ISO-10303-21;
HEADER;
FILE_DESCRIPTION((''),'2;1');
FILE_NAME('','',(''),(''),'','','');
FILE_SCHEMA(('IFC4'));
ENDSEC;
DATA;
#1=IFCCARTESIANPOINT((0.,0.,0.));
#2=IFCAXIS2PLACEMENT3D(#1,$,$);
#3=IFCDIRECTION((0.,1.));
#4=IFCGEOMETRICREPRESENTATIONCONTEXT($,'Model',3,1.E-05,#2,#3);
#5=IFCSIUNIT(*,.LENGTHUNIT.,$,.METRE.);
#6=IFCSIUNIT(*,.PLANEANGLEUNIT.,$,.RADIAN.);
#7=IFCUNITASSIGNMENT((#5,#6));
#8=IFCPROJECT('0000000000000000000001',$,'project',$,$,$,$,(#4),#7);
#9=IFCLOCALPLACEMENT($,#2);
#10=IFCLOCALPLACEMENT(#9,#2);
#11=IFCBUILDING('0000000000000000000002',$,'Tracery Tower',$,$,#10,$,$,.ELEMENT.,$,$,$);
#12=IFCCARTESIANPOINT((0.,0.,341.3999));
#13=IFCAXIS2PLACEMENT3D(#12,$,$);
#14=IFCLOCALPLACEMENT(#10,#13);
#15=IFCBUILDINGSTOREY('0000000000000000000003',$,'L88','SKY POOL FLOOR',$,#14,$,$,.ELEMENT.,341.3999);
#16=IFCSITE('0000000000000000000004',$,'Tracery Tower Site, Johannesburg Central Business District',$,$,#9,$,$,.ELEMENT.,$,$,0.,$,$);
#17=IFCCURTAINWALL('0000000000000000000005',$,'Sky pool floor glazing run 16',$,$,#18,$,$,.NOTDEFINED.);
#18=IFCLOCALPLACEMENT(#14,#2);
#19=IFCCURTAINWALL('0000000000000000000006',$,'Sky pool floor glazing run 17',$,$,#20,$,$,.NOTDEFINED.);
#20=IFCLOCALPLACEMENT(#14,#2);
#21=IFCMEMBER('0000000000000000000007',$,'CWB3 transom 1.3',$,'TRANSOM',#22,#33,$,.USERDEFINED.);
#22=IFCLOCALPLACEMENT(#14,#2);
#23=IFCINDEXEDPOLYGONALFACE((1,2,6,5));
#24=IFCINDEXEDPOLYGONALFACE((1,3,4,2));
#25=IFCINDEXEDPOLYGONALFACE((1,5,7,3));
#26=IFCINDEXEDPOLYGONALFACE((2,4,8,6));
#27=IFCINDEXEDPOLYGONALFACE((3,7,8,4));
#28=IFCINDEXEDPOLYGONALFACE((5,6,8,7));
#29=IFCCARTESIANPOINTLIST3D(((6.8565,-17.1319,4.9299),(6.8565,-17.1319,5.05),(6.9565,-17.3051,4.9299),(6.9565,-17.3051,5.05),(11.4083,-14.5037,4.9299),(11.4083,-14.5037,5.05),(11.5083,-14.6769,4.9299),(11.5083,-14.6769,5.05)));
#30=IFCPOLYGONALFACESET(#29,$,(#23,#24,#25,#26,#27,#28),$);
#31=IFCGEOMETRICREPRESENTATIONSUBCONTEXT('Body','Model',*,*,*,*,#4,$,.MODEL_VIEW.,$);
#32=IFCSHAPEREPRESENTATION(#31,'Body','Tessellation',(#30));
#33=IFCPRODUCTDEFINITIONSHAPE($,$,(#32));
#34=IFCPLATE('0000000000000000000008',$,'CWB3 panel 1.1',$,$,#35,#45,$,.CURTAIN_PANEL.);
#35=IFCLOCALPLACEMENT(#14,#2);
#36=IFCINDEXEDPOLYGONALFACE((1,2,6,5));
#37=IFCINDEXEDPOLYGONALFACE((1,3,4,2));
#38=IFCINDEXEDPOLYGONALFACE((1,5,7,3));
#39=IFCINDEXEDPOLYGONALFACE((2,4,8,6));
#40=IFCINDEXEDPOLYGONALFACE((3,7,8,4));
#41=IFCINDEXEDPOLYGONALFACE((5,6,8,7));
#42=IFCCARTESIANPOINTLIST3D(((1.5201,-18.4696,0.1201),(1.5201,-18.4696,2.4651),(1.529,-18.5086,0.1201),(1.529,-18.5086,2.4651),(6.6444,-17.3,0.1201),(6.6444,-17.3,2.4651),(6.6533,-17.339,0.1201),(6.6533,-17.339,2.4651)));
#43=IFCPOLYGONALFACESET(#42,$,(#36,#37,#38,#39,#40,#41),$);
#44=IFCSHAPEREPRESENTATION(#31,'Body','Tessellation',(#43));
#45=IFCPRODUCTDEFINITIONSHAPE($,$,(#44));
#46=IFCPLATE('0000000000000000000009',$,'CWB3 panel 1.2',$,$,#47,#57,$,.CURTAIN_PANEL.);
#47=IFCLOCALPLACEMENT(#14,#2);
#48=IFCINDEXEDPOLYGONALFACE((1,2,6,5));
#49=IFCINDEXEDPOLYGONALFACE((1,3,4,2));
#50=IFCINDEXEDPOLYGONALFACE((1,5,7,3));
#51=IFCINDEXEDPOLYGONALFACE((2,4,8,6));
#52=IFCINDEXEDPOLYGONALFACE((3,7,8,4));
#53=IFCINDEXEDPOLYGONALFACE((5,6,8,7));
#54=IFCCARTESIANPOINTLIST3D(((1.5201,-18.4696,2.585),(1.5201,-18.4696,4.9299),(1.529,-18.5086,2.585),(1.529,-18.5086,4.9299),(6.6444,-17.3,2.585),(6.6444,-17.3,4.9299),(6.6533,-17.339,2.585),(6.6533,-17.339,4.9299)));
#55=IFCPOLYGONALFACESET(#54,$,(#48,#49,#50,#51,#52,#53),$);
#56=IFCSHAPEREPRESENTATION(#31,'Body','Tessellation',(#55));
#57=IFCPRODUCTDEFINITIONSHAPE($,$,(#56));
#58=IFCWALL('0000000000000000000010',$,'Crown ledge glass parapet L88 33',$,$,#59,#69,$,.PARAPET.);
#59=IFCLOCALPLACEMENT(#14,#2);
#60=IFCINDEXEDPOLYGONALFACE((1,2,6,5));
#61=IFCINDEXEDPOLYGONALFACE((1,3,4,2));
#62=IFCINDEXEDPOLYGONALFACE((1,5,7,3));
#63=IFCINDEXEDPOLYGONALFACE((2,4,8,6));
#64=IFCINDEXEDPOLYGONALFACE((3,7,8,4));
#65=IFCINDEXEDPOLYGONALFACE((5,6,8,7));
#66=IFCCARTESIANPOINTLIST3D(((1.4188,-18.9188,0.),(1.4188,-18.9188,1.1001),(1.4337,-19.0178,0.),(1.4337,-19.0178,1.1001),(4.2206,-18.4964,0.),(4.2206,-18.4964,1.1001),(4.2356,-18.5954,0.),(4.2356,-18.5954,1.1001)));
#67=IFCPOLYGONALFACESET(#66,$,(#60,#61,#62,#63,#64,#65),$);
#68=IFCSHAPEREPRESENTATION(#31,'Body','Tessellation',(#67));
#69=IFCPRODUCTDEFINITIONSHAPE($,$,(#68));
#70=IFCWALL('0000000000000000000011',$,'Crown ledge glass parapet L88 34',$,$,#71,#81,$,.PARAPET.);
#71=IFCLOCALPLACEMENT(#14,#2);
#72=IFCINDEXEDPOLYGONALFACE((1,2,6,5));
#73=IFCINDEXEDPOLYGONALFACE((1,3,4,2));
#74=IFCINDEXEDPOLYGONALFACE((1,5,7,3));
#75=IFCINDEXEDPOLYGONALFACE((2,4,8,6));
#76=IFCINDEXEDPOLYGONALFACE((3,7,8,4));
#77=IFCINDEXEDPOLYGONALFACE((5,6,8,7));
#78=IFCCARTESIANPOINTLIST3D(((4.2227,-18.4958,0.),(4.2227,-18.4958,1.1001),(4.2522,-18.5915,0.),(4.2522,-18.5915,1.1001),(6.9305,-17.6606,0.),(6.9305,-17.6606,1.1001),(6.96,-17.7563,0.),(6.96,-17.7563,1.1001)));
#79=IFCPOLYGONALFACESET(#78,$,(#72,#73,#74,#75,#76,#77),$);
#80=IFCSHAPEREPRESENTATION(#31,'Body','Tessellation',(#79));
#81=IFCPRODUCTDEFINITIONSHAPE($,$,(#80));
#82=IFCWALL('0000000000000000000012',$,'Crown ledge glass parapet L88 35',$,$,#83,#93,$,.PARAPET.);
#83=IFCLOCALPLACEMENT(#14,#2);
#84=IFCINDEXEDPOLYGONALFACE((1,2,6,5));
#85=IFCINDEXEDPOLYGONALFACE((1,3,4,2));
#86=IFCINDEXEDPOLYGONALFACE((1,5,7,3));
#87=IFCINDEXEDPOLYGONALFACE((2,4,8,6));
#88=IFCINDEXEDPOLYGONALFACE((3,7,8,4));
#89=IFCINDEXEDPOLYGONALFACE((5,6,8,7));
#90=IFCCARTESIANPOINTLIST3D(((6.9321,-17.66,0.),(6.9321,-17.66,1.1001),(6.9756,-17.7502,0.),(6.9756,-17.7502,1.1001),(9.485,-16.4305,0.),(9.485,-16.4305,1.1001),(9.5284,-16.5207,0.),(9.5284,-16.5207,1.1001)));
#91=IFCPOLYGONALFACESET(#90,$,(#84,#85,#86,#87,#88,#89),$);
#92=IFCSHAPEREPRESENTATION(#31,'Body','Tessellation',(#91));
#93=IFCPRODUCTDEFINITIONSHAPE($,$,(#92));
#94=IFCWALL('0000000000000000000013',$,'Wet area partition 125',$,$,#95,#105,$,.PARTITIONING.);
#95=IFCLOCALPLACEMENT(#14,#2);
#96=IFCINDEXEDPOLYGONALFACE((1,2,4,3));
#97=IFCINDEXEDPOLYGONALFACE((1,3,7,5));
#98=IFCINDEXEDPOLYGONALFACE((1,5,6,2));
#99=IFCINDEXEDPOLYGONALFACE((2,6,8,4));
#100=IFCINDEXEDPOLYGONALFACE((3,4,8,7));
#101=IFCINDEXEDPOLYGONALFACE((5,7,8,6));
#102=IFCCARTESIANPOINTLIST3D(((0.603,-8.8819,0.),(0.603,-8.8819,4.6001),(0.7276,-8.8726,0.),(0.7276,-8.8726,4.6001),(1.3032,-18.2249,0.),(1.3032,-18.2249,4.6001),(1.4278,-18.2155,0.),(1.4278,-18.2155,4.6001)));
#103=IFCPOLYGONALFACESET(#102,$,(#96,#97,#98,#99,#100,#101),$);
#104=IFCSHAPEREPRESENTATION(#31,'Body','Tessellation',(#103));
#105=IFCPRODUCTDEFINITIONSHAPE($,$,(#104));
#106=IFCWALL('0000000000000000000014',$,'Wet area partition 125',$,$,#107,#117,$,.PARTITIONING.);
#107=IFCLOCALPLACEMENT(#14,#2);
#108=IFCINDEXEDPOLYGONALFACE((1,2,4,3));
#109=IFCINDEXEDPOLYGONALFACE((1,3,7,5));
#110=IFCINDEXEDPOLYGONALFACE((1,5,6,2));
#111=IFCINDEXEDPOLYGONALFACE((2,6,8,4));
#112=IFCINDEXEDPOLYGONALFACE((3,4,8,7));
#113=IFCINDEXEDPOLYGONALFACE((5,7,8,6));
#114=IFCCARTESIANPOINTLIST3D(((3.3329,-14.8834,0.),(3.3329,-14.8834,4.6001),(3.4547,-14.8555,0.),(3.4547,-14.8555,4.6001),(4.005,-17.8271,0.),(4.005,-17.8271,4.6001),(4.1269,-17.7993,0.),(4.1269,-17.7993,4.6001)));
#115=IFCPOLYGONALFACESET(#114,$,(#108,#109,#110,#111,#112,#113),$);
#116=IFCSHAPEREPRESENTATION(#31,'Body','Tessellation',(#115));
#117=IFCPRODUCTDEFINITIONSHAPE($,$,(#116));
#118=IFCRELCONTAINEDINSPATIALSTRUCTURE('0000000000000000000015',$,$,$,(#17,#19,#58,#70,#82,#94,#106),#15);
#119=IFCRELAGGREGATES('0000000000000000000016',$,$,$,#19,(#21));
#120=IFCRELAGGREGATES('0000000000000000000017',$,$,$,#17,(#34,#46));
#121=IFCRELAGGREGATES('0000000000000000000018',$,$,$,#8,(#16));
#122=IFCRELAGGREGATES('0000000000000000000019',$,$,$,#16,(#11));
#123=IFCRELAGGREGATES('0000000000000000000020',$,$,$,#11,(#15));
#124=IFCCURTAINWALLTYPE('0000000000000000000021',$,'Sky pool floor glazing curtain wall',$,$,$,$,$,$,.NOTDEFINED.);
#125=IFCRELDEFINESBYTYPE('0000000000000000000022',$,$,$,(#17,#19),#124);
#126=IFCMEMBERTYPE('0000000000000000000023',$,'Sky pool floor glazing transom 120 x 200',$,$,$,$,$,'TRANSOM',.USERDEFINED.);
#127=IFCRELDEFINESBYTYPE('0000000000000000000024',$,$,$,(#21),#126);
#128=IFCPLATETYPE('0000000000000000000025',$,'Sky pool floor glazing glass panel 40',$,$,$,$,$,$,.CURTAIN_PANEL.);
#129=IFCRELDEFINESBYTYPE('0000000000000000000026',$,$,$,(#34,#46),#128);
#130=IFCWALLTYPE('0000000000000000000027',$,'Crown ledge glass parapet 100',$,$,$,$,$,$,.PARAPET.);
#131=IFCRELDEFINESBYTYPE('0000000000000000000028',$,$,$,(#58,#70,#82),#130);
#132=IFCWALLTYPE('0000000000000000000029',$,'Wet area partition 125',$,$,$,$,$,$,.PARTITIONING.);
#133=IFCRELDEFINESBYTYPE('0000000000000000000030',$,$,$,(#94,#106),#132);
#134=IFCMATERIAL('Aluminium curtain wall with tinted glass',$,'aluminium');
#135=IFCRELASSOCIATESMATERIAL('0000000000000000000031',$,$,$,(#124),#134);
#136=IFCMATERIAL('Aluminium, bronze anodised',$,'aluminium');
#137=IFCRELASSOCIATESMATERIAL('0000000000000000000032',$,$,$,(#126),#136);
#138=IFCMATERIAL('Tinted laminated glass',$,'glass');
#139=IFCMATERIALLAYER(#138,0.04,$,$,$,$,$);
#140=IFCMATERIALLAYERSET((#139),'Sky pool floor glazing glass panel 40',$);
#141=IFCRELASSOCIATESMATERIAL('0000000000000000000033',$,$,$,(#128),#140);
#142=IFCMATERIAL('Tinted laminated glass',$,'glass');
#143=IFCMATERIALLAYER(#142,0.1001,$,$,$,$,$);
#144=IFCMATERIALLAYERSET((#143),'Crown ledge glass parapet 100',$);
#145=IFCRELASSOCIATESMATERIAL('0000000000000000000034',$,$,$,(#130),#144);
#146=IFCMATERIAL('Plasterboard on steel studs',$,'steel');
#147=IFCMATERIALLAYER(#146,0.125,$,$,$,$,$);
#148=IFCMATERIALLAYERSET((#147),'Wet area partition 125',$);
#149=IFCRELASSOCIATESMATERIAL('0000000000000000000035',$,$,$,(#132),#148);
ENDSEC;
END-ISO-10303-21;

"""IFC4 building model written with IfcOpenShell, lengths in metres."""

from ifc_helpers import new_model, si_unit, direction, frame, frame_2d, origin, origin_2d, place, context, subcontext, project, spatial, rectangle, extrude, material, layer, layer_set, material_profile, profile_set, type_object, element, aggregate, save


model = new_model("IFC4")

# Units and contexts
model_context = context("Model", 3, precision=1e-05, world=origin(), true_north=direction((0.0, 1.0)))
body_context = subcontext(model_context, "Body", "Model", "MODEL_VIEW")
ifc_project = project(units=[si_unit("LENGTHUNIT", "METRE"), si_unit("PLANEANGLEUNIT", "RADIAN")], contexts=[model_context])

# Site, building, storey
site_placement = place(None, origin())
site = spatial("IfcSite", under=ifc_project, at=site_placement, Name="Tracery Tower Site, Johannesburg Central Business District", CompositionType="ELEMENT", RefElevation=0.0)
building_placement = place(site_placement, origin())
building = spatial("IfcBuilding", under=site, at=building_placement, Name="Tracery Tower", CompositionType="ELEMENT")
storey_placement = place(building_placement, frame((0.0, 0.0, 341.3999)))
storey = spatial("IfcBuildingStorey", under=building, at=storey_placement, Name="L88", Description="SKY POOL FLOOR", CompositionType="ELEMENT", Elevation=341.3999)

# Shared definitions
ifc_material_1 = material(Name="Aluminium curtain wall with tinted glass", Category="aluminium")
curtain_wall_type = type_object("IfcCurtainWallType", Name="Sky pool floor glazing curtain wall", PredefinedType="NOTDEFINED", material=ifc_material_1)

# Curtain wall
curtain_wall_1_placement = place(storey_placement, origin())
curtain_wall_1 = element("IfcCurtainWall", 1, at=curtain_wall_1_placement, inside=storey, type_object=curtain_wall_type, Name="Sky pool floor glazing run 16", PredefinedType="NOTDEFINED")

# Curtain wall
curtain_wall_2_placement = place(storey_placement, origin())
curtain_wall_2 = element("IfcCurtainWall", 2, at=curtain_wall_2_placement, inside=storey, type_object=curtain_wall_type, Name="Sky pool floor glazing run 17", PredefinedType="NOTDEFINED")

# Member
ifc_material_2 = material(Name="Aluminium, bronze anodised", Category="aluminium")
ifc_material_profile_1 = material_profile(ifc_material_2, rectangle(XDim=0.2, YDim=0.1201, at=origin_2d()), Name="Sky pool floor glazing transom 120 x 200")
ifc_profile_set_1 = profile_set([ifc_material_profile_1], Name="Aluminium, bronze anodised")
member_type_1 = type_object("IfcMemberType", Name="Sky pool floor glazing transom 120 x 200", ElementType="TRANSOM", PredefinedType="USERDEFINED", material=ifc_profile_set_1)
member_1_placement = place(storey_placement, frame((6.9065, -17.2185, 4.99), z_axis=(0.866008, 0.500031, 0.0), x_axis=(-0.500031, 0.866008, 0.0)))
member_1 = element("IfcMember", 3, at=member_1_placement, type_object=member_type_1, Name="CWB3 transom 1.3", ObjectType="TRANSOM", PredefinedType="USERDEFINED", context=body_context, shape_type="SweptSolid", body=[
    extrude(rectangle(XDim=0.2, YDim=0.1201, at=origin_2d()), origin(), (0.0, 0.0, 1.0), 5.2561),
])
aggregate(curtain_wall_2, [member_1])

# Plates
ifc_material_3 = material(Name="Tinted laminated glass", Category="glass")
ifc_layer_1 = layer(ifc_material_3, 0.04)
ifc_layer_set_1 = layer_set([ifc_layer_1], Name="Sky pool floor glazing glass panel 40")
plate_type = type_object("IfcPlateType", Name="Sky pool floor glazing glass panel 40", PredefinedType="CURTAIN_PANEL", material=ifc_layer_set_1)
plate_1_placement = place(storey_placement, frame((4.0867, -17.9043, 0.1201), z_axis=(0.0, 0.0, 1.0), x_axis=(0.974928, 0.222522, 0.0)))
plate_1 = element("IfcPlate", 4, at=plate_1_placement, type_object=plate_type, Name="CWB3 panel 1.1", PredefinedType="CURTAIN_PANEL", context=body_context, shape_type="SweptSolid", body=[
    extrude(rectangle(XDim=5.2561, YDim=0.04, at=origin_2d()), origin(), (0.0, 0.0, 1.0), 2.345),
])
plate_2_placement = place(storey_placement, frame((4.0867, -17.9043, 2.585), z_axis=(0.0, 0.0, 1.0), x_axis=(0.974928, 0.222522, 0.0)))
plate_2 = element("IfcPlate", 5, at=plate_2_placement, type_object=plate_type, Name="CWB3 panel 1.2", PredefinedType="CURTAIN_PANEL", context=body_context, shape_type="SweptSolid", body=[
    extrude(rectangle(XDim=5.2561, YDim=0.04, at=origin_2d()), origin(), (0.0, 0.0, 1.0), 2.345),
])
aggregate(curtain_wall_1, [plate_1, plate_2])

# Walls
ifc_material_4 = material(Name="Tinted laminated glass", Category="glass")
ifc_layer_2 = layer(ifc_material_4, 0.1001)
ifc_layer_set_2 = layer_set([ifc_layer_2], Name="Crown ledge glass parapet 100")
wall_type_1 = type_object("IfcWallType", Name="Crown ledge glass parapet 100", PredefinedType="PARAPET", material=ifc_layer_set_2)
wall_1_placement = place(storey_placement, frame((1.4263, -18.9683, 0.0), z_axis=(0.0, 0.0, 1.0), x_axis=(0.988827, 0.149065, 0.0)))
element("IfcWall", 6, at=wall_1_placement, inside=storey, type_object=wall_type_1, Name="Crown ledge glass parapet L88 33", PredefinedType="PARAPET", context=body_context, shape_type="SweptSolid", body=[
    extrude(rectangle(XDim=2.8335, YDim=0.1001, at=frame_2d((1.4167, 0.0))), origin(), (0.0, 0.0, 1.0), 1.1001),
])
wall_2_placement = place(storey_placement, frame((4.2373, -18.5437, 0.0), z_axis=(0.0, 0.0, 1.0), x_axis=(0.955576, 0.294746, 0.0)))
element("IfcWall", 7, at=wall_2_placement, inside=storey, type_object=wall_type_1, Name="Crown ledge glass parapet L88 34", PredefinedType="PARAPET", context=body_context, shape_type="SweptSolid", body=[
    extrude(rectangle(XDim=2.8337, YDim=0.1001, at=frame_2d((1.417, 0.0))), origin(), (0.0, 0.0, 1.0), 1.1001),
])
wall_3_placement = place(storey_placement, frame((6.9539, -17.7051, 0.0), z_axis=(0.0, 0.0, 1.0), x_axis=(0.900963, 0.433896, 0.0)))
element("IfcWall", 8, at=wall_3_placement, inside=storey, type_object=wall_type_1, Name="Crown ledge glass parapet L88 35", PredefinedType="PARAPET", context=body_context, shape_type="SweptSolid", body=[
    extrude(rectangle(XDim=2.8335, YDim=0.1001, at=frame_2d((1.4167, 0.0))), origin(), (0.0, 0.0, 1.0), 1.1001),
])
ifc_material_5 = material(Name="Plasterboard on steel studs", Category="steel")
ifc_layer_3 = layer(ifc_material_5, 0.125)
ifc_layer_set_3 = layer_set([ifc_layer_3], Name="Wet area partition 125")
wall_type_2 = type_object("IfcWallType", Name="Wet area partition 125", PredefinedType="PARTITIONING", material=ifc_layer_set_3)
wall_4_placement = place(storey_placement, frame((1.3655, -18.2202, 0.0), z_axis=(0.0, 0.0, 1.0), x_axis=(-0.074734, 0.997204, 0.0)))
element("IfcWall", 9, at=wall_4_placement, inside=storey, type_object=wall_type_2, Name="Wet area partition 125", PredefinedType="PARTITIONING", context=body_context, shape_type="SweptSolid", body=[
    extrude(rectangle(XDim=9.3691, YDim=0.125, at=frame_2d((4.6846, 0.0))), origin(), (0.0, 0.0, 1.0), 4.6001),
])
wall_5_placement = place(storey_placement, frame((4.0659, -17.8132, 0.0), z_axis=(0.0, 0.0, 1.0), x_axis=(-0.222586, 0.974913, 0.0)))
element("IfcWall", 10, at=wall_5_placement, inside=storey, type_object=wall_type_2, Name="Wet area partition 125", PredefinedType="PARTITIONING", context=body_context, shape_type="SweptSolid", body=[
    extrude(rectangle(XDim=3.0195, YDim=0.125, at=frame_2d((1.5098, 0.0))), origin(), (0.0, 0.0, 1.0), 4.6001),
])

save(model, "model.ifc")
